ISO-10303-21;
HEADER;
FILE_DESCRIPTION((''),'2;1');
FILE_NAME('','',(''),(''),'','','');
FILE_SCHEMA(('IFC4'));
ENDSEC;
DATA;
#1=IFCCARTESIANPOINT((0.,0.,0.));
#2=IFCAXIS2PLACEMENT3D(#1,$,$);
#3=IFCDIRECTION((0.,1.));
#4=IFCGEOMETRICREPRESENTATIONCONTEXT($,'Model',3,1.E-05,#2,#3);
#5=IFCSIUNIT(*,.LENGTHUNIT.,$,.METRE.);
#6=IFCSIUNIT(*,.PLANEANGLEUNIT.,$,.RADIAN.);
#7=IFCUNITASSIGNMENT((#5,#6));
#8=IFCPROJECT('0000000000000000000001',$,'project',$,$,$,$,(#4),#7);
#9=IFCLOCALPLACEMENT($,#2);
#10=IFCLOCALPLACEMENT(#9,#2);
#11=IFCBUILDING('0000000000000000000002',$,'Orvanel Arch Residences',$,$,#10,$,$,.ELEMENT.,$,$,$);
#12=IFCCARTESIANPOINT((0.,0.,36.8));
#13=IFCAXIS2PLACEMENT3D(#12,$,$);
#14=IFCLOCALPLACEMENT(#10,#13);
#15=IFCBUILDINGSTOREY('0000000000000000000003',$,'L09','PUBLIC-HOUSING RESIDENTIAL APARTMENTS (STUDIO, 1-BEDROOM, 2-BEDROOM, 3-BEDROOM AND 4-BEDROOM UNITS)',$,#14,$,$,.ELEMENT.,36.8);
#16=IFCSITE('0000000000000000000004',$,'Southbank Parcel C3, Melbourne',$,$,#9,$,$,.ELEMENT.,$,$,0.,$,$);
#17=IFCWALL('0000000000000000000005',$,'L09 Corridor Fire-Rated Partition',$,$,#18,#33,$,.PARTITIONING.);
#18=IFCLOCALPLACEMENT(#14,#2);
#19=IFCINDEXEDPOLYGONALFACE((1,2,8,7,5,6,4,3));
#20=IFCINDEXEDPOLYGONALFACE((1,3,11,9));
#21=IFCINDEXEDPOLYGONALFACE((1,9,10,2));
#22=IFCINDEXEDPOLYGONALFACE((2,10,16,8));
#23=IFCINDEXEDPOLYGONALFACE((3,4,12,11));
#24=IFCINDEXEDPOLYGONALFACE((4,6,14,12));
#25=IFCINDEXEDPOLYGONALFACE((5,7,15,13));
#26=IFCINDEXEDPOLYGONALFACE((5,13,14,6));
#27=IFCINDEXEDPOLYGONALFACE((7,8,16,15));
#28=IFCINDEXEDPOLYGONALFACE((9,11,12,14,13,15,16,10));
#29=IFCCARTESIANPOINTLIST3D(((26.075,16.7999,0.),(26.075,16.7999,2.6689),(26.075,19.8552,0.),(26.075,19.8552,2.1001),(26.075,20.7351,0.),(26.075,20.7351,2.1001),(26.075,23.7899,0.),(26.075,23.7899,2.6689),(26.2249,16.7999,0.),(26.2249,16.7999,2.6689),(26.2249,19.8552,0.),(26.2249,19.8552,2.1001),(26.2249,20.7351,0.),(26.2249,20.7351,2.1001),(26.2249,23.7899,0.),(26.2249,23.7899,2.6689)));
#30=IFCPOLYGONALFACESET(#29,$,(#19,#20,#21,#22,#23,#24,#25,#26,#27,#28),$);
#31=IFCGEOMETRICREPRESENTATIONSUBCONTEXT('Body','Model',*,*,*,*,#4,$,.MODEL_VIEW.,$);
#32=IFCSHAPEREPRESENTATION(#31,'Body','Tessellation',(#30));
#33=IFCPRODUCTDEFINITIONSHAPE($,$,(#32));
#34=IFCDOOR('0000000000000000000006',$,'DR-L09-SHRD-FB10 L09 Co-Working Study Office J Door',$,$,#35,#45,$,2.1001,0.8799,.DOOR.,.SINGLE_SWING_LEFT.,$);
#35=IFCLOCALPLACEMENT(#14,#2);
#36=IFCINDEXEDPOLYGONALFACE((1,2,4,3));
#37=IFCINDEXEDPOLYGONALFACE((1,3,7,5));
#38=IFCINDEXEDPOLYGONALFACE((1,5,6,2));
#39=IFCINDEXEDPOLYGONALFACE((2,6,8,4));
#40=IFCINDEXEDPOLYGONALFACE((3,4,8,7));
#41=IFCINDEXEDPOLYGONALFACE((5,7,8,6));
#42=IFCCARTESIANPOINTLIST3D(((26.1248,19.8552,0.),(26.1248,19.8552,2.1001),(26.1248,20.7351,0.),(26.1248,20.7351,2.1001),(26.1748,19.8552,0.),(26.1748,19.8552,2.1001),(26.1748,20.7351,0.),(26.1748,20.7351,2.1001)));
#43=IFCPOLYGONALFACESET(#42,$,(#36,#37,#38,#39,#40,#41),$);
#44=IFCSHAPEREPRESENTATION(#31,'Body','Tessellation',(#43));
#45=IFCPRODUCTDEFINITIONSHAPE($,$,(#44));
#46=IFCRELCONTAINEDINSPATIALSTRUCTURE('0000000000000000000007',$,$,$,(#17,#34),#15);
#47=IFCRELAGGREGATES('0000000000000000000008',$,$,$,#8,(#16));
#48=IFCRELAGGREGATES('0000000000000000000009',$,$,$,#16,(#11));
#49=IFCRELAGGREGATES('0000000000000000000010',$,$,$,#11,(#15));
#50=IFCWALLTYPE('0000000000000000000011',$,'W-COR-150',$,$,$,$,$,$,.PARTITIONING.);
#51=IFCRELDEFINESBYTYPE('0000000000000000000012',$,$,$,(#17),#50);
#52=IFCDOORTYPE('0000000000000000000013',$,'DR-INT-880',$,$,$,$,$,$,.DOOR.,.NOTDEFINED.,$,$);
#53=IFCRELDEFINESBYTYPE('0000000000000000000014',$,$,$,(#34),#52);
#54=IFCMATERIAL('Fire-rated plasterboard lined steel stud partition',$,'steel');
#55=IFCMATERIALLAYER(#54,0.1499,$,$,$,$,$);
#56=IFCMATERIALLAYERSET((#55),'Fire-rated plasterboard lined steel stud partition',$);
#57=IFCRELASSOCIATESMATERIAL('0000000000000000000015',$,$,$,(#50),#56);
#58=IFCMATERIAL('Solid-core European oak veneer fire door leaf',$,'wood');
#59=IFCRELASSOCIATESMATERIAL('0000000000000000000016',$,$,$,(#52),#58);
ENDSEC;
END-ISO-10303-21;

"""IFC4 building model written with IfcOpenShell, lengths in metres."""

from ifc_helpers import new_model, si_unit, direction, frame, frame_2d, origin, place, context, subcontext, project, spatial, rectangle, extrude, material, layer, layer_set, type_object, element, fill, save


model = new_model("IFC4")

# Units and contexts
model_context = context("Model", 3, precision=1e-05, world=origin(), true_north=direction((0.0, 1.0)))
body_context = subcontext(model_context, "Body", "Model", "MODEL_VIEW")
ifc_project = project(units=[si_unit("LENGTHUNIT", "METRE"), si_unit("PLANEANGLEUNIT", "RADIAN")], contexts=[model_context])

# Site, building, storey
site_placement = place(None, origin())
site = spatial("IfcSite", under=ifc_project, at=site_placement, Name="Southbank Parcel C3, Melbourne", CompositionType="ELEMENT", RefElevation=0.0)
building_placement = place(site_placement, origin())
building = spatial("IfcBuilding", under=site, at=building_placement, Name="Orvanel Arch Residences", CompositionType="ELEMENT")
storey_placement = place(building_placement, frame((0.0, 0.0, 36.8)))
storey = spatial("IfcBuildingStorey", under=building, at=storey_placement, Name="L09", Description="PUBLIC-HOUSING RESIDENTIAL APARTMENTS (STUDIO, 1-BEDROOM, 2-BEDROOM, 3-BEDROOM AND 4-BEDROOM UNITS)", CompositionType="ELEMENT", Elevation=36.8)

# Wall, opening, door
ifc_material_1 = material(Name="Fire-rated plasterboard lined steel stud partition", Category="steel")
ifc_layer_1 = layer(ifc_material_1, 0.1499)
ifc_layer_set_1 = layer_set([ifc_layer_1], Name="Fire-rated plasterboard lined steel stud partition")
wall_type_1 = type_object("IfcWallType", Name="W-COR-150", PredefinedType="PARTITIONING", material=ifc_layer_set_1)
wall_1_placement = place(storey_placement, frame((26.1499, 23.79, 0.0), z_axis=(0.0, 0.0, 1.0), x_axis=(0.0, -1.0, 0.0)))
wall_1 = element("IfcWall", 1, at=wall_1_placement, inside=storey, type_object=wall_type_1, Name="L09 Corridor Fire-Rated Partition", PredefinedType="PARTITIONING", context=body_context, shape_type="SweptSolid", body=[
    extrude(rectangle(XDim=6.99, YDim=0.1499, at=frame_2d((3.4951, 0.0))), origin(), (0.0, 0.0, 1.0), 2.6689),
])
opening_1_placement = place(wall_1_placement, frame((3.0549, 0.0, 0.0)))
opening_1 = element("IfcOpeningElement", 2, at=opening_1_placement, cuts=wall_1, PredefinedType="OPENING", context=body_context, shape_type="SweptSolid", body=[
    extrude(rectangle(XDim=0.8799, YDim=2.1001, at=frame_2d((0.4399, 1.05))), frame((0.0, 0.085, 0.0), z_axis=(0.0, -1.0, 0.0), x_axis=(1.0, 0.0, 0.0)), (0.0, 0.0, 1.0), 0.1699),
])
ifc_material_2 = material(Name="Solid-core European oak veneer fire door leaf", Category="wood")
door_type_1 = type_object("IfcDoorType", Name="DR-INT-880", OperationType="NOTDEFINED", PredefinedType="DOOR", material=ifc_material_2)
door_1_placement = place(opening_1_placement, origin())
door_1 = element("IfcDoor", 3, at=door_1_placement, inside=storey, type_object=door_type_1, Name="DR-L09-SHRD-FB10 L09 Co-Working Study Office J Door", OperationType="SINGLE_SWING_LEFT", OverallHeight=2.1001, OverallWidth=0.8799, PredefinedType="DOOR", context=body_context, shape_type="SweptSolid", body=[
    extrude(rectangle(XDim=0.8799, YDim=2.1001, at=frame_2d((0.4399, 1.05))), frame((0.0, 0.0249, 0.0), z_axis=(0.0, -1.0, 0.0), x_axis=(1.0, 0.0, 0.0)), (0.0, 0.0, 1.0), 0.05),
])
fill(opening_1, door_1)

save(model, "model.ifc")
